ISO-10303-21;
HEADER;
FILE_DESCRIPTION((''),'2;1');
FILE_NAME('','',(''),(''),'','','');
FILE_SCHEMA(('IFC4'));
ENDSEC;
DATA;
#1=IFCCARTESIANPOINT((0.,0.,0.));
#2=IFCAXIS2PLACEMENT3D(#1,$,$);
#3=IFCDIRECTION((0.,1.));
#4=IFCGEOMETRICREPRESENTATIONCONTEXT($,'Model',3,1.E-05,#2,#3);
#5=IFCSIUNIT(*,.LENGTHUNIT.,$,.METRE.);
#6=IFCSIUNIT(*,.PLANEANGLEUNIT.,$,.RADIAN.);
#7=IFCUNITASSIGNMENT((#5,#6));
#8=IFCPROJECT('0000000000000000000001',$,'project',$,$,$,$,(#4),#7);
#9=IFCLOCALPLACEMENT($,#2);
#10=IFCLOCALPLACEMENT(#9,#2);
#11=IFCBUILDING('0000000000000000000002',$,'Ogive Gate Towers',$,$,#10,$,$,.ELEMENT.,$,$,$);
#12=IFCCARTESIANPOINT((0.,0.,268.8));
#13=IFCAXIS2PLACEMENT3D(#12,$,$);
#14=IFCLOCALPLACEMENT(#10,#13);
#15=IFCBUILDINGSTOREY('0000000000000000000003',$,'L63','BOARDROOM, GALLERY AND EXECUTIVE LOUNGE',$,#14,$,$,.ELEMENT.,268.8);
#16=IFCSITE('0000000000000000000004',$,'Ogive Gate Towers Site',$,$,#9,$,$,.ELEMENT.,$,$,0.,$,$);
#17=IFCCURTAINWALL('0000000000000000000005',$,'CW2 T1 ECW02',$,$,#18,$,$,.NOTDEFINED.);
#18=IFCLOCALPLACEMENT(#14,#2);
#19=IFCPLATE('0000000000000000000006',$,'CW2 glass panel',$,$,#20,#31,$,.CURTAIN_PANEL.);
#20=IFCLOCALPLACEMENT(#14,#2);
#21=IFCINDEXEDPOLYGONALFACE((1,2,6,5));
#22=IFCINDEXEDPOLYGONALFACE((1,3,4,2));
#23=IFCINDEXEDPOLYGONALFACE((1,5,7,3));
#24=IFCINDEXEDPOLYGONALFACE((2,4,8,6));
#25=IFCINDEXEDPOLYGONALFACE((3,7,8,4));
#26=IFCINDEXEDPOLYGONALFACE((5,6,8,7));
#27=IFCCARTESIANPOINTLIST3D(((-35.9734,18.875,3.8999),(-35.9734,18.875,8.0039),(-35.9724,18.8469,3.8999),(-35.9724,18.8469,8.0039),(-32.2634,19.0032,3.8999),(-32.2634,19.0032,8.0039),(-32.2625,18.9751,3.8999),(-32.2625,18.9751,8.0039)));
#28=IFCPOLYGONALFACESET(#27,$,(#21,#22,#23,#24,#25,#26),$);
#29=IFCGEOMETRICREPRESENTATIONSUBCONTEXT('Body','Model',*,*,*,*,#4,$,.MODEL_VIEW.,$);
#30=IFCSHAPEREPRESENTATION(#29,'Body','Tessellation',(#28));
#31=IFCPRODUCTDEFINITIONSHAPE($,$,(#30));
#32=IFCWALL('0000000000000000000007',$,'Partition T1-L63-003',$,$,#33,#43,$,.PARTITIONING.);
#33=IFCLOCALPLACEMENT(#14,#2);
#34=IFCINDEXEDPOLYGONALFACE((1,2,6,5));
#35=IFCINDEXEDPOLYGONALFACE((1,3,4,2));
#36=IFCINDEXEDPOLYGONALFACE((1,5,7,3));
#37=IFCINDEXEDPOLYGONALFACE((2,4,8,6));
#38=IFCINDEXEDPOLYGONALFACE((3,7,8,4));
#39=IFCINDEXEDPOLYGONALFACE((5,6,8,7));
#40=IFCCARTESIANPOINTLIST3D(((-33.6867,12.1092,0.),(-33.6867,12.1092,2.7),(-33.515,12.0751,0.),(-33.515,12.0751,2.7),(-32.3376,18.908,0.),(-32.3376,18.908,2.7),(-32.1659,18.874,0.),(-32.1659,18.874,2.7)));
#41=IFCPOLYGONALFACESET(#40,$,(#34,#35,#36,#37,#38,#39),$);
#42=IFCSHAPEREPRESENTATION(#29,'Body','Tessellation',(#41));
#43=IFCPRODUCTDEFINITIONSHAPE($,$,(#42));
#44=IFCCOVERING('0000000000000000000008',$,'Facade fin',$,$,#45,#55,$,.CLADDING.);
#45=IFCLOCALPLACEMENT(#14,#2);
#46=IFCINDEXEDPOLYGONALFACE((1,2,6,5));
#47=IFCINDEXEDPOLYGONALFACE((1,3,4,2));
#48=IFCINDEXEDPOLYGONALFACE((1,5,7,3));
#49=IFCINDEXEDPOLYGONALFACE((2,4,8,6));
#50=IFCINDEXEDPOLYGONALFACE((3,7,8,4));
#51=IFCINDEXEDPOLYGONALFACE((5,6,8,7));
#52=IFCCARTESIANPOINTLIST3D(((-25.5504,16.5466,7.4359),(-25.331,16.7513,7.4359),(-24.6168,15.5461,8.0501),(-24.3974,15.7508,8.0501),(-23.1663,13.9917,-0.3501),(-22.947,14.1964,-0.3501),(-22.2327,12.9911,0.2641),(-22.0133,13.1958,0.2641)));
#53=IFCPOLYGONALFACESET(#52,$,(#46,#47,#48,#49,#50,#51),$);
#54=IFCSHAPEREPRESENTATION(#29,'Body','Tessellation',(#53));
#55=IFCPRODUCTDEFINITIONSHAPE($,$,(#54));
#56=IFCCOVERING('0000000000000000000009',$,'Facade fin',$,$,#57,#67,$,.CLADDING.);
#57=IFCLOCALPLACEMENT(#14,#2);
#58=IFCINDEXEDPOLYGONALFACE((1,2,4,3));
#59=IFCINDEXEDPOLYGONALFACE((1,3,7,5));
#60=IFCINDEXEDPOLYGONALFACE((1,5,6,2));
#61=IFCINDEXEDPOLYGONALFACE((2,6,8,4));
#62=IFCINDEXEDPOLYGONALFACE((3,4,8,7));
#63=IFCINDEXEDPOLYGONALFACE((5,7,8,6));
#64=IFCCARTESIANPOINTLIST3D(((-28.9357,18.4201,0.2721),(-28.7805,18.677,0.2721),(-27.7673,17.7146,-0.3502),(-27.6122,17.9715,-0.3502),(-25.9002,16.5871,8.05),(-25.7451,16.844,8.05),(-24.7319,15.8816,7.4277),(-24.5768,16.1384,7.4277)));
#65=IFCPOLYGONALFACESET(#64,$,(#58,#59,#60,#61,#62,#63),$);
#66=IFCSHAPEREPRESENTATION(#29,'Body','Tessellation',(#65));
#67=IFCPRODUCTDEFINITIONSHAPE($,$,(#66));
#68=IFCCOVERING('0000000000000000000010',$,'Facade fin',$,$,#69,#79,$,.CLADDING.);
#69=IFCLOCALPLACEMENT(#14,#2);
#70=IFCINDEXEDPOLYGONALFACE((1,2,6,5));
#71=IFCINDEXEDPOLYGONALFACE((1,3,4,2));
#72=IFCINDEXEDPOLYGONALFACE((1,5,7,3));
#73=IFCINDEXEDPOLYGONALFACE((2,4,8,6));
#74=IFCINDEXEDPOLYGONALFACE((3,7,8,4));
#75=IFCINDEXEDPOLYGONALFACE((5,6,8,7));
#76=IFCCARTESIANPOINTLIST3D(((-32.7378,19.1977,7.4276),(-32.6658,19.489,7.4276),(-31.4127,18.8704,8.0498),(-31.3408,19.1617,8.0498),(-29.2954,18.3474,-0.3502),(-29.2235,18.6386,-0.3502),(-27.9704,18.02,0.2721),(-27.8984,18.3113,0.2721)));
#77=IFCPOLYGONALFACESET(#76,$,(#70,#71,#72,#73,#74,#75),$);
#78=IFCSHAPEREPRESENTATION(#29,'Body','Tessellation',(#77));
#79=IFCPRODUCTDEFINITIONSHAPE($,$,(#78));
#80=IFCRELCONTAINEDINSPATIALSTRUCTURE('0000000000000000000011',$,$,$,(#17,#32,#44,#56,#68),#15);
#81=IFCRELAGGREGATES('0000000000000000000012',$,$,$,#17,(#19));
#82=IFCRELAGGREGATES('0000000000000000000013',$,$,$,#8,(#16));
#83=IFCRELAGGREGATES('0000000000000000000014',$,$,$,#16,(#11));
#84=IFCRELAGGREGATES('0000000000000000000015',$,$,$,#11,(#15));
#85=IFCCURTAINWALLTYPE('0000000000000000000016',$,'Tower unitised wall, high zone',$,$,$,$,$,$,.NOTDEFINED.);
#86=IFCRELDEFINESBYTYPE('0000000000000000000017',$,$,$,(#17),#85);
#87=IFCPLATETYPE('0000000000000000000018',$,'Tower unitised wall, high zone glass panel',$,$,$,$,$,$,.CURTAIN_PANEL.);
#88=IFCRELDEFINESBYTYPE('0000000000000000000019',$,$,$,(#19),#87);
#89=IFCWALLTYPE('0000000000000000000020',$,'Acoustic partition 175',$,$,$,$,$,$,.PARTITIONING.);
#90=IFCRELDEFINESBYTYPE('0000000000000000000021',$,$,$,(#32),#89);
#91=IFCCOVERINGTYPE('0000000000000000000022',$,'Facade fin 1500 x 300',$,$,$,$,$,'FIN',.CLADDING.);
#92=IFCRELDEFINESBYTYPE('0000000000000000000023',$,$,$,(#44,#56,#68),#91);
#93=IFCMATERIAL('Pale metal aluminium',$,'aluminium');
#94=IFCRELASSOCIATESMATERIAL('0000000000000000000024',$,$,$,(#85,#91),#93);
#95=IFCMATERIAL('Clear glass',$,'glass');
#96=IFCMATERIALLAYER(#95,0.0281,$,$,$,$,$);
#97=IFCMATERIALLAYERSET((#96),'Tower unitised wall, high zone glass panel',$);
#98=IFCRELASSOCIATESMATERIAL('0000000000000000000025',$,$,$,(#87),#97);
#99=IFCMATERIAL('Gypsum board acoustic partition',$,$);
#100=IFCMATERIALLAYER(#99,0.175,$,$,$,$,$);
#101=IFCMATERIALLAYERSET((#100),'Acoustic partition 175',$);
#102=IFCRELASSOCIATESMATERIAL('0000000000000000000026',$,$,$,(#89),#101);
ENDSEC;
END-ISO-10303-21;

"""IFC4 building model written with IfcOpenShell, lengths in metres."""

from ifc_helpers import new_model, si_unit, direction, frame, frame_2d, origin, origin_2d, place, context, subcontext, project, spatial, rectangle, extrude, material, layer, layer_set, material_profile, profile_set, type_object, element, aggregate, save


model = new_model("IFC4")

# Units and contexts
model_context = context("Model", 3, precision=1e-05, world=origin(), true_north=direction((0.0, 1.0)))
body_context = subcontext(model_context, "Body", "Model", "MODEL_VIEW")
ifc_project = project(units=[si_unit("LENGTHUNIT", "METRE"), si_unit("PLANEANGLEUNIT", "RADIAN")], contexts=[model_context])

# Site, building, storey
site_placement = place(None, origin())
site = spatial("IfcSite", under=ifc_project, at=site_placement, Name="Ogive Gate Towers Site", CompositionType="ELEMENT", RefElevation=0.0)
building_placement = place(site_placement, origin())
building = spatial("IfcBuilding", under=site, at=building_placement, Name="Ogive Gate Towers", CompositionType="ELEMENT")
storey_placement = place(building_placement, frame((0.0, 0.0, 268.8)))
storey = spatial("IfcBuildingStorey", under=building, at=storey_placement, Name="L63", Description="BOARDROOM, GALLERY AND EXECUTIVE LOUNGE", CompositionType="ELEMENT", Elevation=268.8)

# Curtain wall, plate
ifc_material_1 = material(Name="Pale metal aluminium", Category="aluminium")
curtain_wall_type = type_object("IfcCurtainWallType", Name="Tower unitised wall, high zone", PredefinedType="NOTDEFINED", material=ifc_material_1)
curtain_wall_placement = place(storey_placement, origin())
curtain_wall = element("IfcCurtainWall", 1, at=curtain_wall_placement, inside=storey, type_object=curtain_wall_type, Name="CW2 T1 ECW02", PredefinedType="NOTDEFINED")
ifc_material_2 = material(Name="Clear glass", Category="glass")
ifc_layer_1 = layer(ifc_material_2, 0.0281)
ifc_layer_set_1 = layer_set([ifc_layer_1], Name="Tower unitised wall, high zone glass panel")
plate_type = type_object("IfcPlateType", Name="Tower unitised wall, high zone glass panel", PredefinedType="CURTAIN_PANEL", material=ifc_layer_set_1)
plate_1_placement = place(storey_placement, frame((-34.1179, 18.925, 3.8999), z_axis=(0.0, 0.0, 1.0), x_axis=(-0.999404, -0.034533, 0.0)))
plate_1 = element("IfcPlate", 2, at=plate_1_placement, type_object=plate_type, Name="CW2 glass panel", PredefinedType="CURTAIN_PANEL", context=body_context, shape_type="SweptSolid", body=[
    extrude(rectangle(XDim=3.7122, YDim=0.0281, at=origin_2d()), origin(), (0.0, 0.0, 1.0), 4.104),
])
aggregate(curtain_wall, [plate_1])

# Wall
ifc_material_3 = material(Name="Gypsum board acoustic partition")
ifc_layer_2 = layer(ifc_material_3, 0.175)
ifc_layer_set_2 = layer_set([ifc_layer_2], Name="Acoustic partition 175")
wall_type = type_object("IfcWallType", Name="Acoustic partition 175", PredefinedType="PARTITIONING", material=ifc_layer_set_2)
wall_placement = place(storey_placement, frame((-32.2517, 18.8911, 0.0), z_axis=(0.0, 0.0, 1.0), x_axis=(-0.194639, -0.980875, 0.0)))
element("IfcWall", 3, at=wall_placement, inside=storey, type_object=wall_type, Name="Partition T1-L63-003", PredefinedType="PARTITIONING", context=body_context, shape_type="SweptSolid", body=[
    extrude(rectangle(XDim=6.9314, YDim=0.175, at=frame_2d((3.4658, 0.0))), origin(), (0.0, 0.0, 1.0), 2.7),
])

# Coverings
ifc_material_profile_1 = material_profile(ifc_material_1, rectangle(XDim=0.3, YDim=1.5, at=origin_2d()), Name="1500 x 300 pale metal aluminium")
ifc_profile_set_1 = profile_set([ifc_material_profile_1], Name="Pale metal aluminium")
covering_type = type_object("IfcCoveringType", Name="Facade fin 1500 x 300", ElementType="FIN", PredefinedType="CLADDING", material=ifc_profile_set_1)
covering_1_placement = place(storey_placement, frame((-22.5898, 13.5938, -0.043), z_axis=(-0.279353, 0.299378, 0.912324), x_axis=(-0.731137, -0.682231, 0.0)))
element("IfcCovering", 4, at=covering_1_placement, inside=storey, type_object=covering_type, Name="Facade fin", PredefinedType="CLADDING", context=body_context, shape_type="SweptSolid", body=[
    extrude(rectangle(XDim=0.3, YDim=1.5, at=origin_2d()), origin(), (0.0, 0.0, 1.0), 8.5342),
])
covering_2_placement = place(storey_placement, frame((-28.2739, 18.1958, -0.0391), z_axis=(0.355101, -0.214437, 0.909901), x_axis=(0.516934, 0.856025, 0.0)))
element("IfcCovering", 5, at=covering_2_placement, inside=storey, type_object=covering_type, Name="Facade fin", PredefinedType="CLADDING", context=body_context, shape_type="SweptSolid", body=[
    extrude(rectangle(XDim=0.3, YDim=1.5, at=origin_2d()), origin(), (0.0, 0.0, 1.0), 8.5481),
])
covering_3_placement = place(storey_placement, frame((-28.5969, 18.3293, -0.0391), z_axis=(-0.402714, 0.099479, 0.909904), x_axis=(-0.239813, -0.970819, 0.0)))
element("IfcCovering", 6, at=covering_3_placement, inside=storey, type_object=covering_type, Name="Facade fin", PredefinedType="CLADDING", context=body_context, shape_type="SweptSolid", body=[
    extrude(rectangle(XDim=0.3, YDim=1.5, at=origin_2d()), origin(), (0.0, 0.0, 1.0), 8.5479),
])

save(model, "model.ifc")
